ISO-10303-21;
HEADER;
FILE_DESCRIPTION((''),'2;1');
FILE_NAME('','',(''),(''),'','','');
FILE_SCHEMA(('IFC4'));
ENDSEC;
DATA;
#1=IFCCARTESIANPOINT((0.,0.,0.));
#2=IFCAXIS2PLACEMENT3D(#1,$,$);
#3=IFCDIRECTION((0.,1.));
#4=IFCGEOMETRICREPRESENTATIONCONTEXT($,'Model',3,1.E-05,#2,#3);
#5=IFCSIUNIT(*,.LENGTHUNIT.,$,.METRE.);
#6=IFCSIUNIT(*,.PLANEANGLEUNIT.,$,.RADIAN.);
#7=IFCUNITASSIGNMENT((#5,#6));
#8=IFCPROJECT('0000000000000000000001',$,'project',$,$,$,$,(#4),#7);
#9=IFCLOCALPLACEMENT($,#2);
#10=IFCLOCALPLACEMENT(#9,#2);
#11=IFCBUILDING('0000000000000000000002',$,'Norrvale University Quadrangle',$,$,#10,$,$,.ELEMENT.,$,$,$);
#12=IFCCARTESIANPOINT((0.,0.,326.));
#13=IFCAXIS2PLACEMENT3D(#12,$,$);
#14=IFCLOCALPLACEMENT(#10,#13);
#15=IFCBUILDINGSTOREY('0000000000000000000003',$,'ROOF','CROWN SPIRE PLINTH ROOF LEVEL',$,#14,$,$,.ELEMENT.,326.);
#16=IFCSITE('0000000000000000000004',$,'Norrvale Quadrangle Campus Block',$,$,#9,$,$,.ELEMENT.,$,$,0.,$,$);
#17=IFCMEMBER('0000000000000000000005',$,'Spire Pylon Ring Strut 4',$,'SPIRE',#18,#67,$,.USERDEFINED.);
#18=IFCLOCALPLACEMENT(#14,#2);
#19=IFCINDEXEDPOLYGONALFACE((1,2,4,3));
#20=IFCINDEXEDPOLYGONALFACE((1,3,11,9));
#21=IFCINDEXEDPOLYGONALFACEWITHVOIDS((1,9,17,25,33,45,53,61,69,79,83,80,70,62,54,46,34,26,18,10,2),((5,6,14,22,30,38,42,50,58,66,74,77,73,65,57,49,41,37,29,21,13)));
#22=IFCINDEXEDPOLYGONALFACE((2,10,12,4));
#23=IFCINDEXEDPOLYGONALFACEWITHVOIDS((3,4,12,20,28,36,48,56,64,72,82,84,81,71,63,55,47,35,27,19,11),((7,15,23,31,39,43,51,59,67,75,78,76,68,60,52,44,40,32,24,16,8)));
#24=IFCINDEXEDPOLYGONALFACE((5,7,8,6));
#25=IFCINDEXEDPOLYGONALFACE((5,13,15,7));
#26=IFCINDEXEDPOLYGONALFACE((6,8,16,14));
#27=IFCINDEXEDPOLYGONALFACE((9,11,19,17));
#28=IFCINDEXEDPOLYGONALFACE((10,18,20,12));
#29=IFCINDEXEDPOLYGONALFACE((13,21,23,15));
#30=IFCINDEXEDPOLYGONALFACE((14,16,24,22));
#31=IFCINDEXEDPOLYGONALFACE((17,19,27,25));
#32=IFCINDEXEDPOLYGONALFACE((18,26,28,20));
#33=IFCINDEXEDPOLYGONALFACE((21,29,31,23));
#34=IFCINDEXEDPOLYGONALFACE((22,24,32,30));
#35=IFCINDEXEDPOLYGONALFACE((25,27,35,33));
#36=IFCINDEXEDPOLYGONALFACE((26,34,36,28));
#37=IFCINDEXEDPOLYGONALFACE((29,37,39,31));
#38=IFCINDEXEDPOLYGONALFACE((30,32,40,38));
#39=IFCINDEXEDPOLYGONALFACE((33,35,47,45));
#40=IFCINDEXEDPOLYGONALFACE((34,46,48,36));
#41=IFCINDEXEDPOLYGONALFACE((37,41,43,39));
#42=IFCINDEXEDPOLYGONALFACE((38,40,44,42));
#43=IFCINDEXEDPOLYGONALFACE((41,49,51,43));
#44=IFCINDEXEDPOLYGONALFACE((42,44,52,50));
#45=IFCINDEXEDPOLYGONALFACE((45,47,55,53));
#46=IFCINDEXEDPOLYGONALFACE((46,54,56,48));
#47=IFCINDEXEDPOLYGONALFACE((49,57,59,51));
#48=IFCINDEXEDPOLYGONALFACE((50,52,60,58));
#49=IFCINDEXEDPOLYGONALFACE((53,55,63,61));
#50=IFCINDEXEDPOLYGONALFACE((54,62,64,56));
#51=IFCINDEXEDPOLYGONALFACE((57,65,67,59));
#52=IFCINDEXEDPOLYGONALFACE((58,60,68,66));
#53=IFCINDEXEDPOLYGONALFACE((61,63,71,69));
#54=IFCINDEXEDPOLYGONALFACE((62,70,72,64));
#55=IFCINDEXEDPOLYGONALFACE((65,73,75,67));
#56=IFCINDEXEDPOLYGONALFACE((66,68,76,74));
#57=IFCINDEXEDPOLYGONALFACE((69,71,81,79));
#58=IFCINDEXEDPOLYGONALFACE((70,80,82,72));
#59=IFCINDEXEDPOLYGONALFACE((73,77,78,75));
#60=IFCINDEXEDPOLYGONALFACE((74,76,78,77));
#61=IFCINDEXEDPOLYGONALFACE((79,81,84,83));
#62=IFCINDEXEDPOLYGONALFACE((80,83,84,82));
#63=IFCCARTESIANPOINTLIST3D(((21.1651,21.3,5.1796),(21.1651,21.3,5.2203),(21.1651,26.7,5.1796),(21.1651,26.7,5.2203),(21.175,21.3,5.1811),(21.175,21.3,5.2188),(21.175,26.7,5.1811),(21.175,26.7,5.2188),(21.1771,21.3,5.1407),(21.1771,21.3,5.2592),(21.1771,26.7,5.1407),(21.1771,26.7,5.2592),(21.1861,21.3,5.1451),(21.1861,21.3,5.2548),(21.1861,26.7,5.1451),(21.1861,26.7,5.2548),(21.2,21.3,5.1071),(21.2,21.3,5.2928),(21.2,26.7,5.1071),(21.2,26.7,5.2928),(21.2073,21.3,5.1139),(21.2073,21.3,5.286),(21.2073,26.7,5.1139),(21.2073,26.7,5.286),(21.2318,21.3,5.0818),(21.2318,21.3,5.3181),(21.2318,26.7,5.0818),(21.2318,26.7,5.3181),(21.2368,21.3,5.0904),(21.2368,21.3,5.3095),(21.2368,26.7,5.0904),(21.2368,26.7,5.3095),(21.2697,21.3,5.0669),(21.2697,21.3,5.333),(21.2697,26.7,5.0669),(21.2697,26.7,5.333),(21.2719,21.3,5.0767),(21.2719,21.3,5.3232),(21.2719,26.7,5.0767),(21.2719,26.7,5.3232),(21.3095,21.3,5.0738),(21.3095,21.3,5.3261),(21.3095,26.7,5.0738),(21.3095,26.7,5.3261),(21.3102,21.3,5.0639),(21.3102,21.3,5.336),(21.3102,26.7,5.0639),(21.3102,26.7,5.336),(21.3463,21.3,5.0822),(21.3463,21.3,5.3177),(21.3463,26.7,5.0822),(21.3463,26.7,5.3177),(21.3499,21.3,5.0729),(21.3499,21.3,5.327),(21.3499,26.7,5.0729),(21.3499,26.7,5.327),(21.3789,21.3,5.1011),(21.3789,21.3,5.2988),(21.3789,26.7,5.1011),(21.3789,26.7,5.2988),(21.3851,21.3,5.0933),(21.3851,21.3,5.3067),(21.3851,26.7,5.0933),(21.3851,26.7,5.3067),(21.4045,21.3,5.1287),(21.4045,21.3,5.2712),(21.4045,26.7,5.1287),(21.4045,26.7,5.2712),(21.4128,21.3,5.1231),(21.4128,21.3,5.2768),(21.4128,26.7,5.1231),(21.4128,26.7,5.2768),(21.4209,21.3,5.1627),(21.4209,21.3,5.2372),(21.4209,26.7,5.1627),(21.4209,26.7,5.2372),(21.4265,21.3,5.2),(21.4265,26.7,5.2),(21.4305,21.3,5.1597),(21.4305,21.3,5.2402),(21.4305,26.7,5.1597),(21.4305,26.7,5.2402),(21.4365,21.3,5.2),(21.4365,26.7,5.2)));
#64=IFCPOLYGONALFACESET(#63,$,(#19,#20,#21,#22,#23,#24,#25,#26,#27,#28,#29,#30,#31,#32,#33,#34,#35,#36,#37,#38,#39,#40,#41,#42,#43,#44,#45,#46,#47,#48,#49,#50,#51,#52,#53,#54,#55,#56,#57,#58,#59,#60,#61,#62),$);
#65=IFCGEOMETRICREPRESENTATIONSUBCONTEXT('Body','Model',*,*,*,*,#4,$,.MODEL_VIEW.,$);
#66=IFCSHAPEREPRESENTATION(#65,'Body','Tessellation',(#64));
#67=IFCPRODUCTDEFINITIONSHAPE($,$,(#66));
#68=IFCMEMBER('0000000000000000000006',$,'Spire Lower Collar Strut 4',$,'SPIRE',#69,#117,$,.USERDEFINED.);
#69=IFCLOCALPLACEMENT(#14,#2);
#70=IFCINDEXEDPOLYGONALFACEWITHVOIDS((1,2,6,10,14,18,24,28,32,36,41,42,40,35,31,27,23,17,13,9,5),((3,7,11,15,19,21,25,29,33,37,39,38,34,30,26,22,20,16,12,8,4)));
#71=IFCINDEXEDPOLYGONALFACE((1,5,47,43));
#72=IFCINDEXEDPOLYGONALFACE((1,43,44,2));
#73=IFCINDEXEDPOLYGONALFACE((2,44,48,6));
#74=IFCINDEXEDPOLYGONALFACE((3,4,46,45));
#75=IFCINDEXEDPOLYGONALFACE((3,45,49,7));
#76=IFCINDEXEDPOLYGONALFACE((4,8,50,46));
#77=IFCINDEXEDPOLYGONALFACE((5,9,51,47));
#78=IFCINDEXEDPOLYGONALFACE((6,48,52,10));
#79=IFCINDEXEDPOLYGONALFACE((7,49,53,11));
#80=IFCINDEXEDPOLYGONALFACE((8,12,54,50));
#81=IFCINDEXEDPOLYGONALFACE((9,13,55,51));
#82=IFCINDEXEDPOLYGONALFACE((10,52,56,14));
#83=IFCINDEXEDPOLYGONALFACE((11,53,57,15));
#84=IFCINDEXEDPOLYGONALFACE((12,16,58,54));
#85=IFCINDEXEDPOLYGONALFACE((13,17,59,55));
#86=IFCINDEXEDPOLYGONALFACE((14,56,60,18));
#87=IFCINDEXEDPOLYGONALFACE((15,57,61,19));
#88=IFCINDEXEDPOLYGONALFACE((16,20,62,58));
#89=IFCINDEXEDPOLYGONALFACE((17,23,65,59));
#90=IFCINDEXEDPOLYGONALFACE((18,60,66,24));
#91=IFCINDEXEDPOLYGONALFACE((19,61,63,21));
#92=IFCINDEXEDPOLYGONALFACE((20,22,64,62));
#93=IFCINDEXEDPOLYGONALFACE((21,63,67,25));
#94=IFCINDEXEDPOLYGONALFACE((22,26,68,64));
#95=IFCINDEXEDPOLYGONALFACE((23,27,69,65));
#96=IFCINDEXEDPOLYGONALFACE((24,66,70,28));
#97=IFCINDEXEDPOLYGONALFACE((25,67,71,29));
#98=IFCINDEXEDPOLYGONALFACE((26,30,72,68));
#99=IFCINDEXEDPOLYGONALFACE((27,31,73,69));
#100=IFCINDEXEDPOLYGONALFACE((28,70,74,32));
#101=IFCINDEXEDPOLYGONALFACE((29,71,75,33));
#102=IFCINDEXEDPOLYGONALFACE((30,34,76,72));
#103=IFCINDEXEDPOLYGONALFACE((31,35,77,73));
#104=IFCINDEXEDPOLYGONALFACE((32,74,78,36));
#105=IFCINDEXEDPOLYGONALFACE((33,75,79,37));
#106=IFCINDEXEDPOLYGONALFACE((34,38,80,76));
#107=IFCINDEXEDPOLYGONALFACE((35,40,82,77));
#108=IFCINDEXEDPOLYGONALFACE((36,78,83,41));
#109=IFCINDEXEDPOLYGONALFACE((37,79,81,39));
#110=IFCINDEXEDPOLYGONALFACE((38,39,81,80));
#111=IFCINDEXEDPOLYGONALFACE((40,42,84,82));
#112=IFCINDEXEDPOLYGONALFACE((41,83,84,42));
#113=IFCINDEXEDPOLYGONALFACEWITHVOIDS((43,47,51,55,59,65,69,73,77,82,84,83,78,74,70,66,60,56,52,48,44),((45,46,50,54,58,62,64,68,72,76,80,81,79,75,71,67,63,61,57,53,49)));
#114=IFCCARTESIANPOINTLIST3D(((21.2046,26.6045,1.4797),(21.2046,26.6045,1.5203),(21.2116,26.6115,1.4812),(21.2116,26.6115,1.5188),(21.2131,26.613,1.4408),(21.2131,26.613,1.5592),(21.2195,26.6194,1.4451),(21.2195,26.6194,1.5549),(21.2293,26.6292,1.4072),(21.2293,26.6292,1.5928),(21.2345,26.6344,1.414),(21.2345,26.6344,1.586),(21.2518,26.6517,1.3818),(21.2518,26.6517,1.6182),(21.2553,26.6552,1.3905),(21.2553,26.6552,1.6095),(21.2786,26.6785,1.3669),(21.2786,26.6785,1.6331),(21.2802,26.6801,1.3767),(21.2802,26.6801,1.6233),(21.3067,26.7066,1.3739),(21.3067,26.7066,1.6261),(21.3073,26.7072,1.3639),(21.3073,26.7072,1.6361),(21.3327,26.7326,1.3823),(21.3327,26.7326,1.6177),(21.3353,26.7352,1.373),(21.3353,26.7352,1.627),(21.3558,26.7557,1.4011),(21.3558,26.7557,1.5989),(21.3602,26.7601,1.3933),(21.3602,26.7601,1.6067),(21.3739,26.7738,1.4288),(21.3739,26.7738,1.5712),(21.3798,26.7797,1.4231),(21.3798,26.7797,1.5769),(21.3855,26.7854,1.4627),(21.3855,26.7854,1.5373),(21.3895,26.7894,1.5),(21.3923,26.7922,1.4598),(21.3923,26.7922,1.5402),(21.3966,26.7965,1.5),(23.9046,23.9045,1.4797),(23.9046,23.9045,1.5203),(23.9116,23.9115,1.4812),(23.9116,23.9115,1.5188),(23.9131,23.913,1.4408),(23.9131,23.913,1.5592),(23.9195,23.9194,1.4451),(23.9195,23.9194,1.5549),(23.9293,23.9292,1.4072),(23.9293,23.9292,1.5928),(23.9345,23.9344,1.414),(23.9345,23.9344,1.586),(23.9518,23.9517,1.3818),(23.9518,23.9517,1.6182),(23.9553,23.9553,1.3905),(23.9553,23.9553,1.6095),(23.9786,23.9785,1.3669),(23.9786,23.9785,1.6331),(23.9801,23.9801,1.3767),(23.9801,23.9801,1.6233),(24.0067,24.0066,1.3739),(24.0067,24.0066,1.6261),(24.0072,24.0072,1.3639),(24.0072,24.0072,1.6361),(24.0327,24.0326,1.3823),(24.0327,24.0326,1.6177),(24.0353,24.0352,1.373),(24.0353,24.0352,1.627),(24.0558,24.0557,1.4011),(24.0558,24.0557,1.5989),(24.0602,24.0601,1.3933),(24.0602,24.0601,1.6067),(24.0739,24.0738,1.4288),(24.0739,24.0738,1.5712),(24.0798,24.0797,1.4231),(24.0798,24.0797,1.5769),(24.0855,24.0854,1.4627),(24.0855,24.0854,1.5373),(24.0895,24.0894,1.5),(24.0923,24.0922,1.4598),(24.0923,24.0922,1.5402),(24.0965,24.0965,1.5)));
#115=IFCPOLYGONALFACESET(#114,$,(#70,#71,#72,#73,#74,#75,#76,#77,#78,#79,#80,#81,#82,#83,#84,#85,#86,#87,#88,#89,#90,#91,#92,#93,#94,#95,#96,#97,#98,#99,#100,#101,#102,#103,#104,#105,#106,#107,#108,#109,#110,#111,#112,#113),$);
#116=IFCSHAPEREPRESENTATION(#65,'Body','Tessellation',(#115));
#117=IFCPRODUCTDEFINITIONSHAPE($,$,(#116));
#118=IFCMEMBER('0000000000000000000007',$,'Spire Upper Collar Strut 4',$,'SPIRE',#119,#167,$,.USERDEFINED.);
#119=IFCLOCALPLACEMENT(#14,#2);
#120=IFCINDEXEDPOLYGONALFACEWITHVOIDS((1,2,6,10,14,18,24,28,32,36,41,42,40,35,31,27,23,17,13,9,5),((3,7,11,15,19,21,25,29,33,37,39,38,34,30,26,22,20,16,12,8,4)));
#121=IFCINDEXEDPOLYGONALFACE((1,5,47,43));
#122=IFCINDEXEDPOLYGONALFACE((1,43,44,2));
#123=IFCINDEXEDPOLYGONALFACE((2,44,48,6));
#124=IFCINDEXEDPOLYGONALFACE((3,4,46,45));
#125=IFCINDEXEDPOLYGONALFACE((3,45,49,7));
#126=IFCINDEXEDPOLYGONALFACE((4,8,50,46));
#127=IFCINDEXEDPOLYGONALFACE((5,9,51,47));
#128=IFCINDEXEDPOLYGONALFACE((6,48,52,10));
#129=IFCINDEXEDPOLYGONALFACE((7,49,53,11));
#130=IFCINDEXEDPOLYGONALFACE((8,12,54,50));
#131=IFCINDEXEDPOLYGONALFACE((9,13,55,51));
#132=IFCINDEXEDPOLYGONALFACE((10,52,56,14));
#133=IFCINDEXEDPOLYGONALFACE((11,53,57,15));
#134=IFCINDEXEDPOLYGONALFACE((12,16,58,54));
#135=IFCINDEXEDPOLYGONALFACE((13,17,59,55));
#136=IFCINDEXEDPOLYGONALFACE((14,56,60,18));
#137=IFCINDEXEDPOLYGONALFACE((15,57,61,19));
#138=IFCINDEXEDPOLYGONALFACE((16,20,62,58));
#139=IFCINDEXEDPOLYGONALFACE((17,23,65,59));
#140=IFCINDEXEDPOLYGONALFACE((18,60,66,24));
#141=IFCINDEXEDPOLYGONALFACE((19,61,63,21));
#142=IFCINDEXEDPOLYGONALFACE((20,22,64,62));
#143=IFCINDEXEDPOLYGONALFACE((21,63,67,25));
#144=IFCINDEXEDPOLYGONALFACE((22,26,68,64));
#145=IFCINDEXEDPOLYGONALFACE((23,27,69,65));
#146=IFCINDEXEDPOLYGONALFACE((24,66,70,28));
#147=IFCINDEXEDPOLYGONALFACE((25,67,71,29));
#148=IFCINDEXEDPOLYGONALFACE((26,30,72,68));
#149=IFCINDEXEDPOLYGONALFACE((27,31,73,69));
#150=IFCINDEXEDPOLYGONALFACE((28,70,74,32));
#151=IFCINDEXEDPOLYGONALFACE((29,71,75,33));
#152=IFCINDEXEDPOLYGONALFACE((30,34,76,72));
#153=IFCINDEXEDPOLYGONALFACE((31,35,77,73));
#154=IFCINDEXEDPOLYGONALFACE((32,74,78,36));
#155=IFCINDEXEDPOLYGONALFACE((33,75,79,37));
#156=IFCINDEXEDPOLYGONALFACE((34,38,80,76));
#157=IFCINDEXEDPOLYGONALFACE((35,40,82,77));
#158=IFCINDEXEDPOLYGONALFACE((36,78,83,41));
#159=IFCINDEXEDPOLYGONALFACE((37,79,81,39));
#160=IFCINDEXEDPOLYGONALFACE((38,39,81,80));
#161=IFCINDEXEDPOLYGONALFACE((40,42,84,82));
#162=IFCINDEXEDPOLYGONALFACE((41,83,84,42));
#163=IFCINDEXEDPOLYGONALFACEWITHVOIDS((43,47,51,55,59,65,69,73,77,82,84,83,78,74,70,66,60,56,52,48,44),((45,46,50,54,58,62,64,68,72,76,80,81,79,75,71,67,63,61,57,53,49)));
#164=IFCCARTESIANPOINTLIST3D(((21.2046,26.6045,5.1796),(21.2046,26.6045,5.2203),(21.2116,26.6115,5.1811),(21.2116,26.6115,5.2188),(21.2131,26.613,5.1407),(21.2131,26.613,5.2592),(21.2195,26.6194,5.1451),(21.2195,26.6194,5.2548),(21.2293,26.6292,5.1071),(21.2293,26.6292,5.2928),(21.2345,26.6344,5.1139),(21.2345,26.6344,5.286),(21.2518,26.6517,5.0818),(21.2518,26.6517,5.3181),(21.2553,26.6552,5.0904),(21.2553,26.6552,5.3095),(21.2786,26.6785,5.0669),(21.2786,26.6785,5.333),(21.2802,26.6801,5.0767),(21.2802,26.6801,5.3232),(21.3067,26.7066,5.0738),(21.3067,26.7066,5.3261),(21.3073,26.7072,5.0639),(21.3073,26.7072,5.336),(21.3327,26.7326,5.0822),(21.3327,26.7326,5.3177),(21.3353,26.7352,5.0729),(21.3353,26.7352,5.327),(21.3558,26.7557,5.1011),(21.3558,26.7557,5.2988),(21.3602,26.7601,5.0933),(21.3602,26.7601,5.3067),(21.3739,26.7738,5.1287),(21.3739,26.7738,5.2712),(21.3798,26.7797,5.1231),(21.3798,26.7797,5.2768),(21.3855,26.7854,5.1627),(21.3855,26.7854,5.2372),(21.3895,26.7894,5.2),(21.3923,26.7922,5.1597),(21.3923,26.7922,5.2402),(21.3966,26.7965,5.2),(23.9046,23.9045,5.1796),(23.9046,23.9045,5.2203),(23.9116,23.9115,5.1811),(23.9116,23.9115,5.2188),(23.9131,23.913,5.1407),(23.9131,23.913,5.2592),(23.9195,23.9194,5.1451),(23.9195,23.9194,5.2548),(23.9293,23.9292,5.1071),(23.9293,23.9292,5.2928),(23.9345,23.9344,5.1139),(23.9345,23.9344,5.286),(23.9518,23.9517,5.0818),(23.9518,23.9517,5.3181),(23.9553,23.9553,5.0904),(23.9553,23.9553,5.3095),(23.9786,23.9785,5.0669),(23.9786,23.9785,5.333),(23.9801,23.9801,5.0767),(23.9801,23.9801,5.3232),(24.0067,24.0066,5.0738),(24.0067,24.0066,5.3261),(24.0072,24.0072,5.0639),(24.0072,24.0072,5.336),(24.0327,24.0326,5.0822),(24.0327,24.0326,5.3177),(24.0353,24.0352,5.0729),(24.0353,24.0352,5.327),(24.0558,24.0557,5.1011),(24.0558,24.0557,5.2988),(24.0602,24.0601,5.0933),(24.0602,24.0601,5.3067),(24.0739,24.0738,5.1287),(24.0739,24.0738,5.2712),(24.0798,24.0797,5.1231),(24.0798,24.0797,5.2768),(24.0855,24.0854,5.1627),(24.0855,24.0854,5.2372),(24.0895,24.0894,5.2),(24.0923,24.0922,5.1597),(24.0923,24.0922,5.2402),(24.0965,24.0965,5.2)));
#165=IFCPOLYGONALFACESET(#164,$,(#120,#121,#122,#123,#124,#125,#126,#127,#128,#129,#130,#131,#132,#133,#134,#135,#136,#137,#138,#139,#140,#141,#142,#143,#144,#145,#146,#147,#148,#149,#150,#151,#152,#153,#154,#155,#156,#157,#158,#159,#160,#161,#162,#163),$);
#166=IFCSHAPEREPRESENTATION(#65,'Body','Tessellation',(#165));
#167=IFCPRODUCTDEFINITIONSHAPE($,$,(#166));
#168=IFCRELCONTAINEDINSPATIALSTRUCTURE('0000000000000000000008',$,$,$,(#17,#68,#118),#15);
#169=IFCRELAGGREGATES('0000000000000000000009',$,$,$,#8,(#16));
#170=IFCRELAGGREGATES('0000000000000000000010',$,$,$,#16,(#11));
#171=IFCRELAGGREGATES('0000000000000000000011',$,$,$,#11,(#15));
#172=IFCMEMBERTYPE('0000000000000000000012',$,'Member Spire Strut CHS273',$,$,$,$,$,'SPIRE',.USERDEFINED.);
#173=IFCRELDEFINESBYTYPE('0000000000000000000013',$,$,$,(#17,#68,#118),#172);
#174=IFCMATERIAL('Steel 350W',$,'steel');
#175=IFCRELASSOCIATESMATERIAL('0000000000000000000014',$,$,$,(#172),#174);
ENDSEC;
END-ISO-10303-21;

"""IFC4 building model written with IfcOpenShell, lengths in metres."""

from ifc_helpers import new_model, si_unit, direction, frame, origin, origin_2d, place, context, subcontext, project, spatial, hollow_circle, extrude, material, material_profile, profile_set, type_object, element, save


model = new_model("IFC4")

# Units and contexts
model_context = context("Model", 3, precision=1e-05, world=origin(), true_north=direction((0.0, 1.0)))
body_context = subcontext(model_context, "Body", "Model", "MODEL_VIEW")
ifc_project = project(units=[si_unit("LENGTHUNIT", "METRE"), si_unit("PLANEANGLEUNIT", "RADIAN")], contexts=[model_context])

# Site, building, storey
site_placement = place(None, origin())
site = spatial("IfcSite", under=ifc_project, at=site_placement, Name="Norrvale Quadrangle Campus Block", CompositionType="ELEMENT", RefElevation=0.0)
building_placement = place(site_placement, origin())
building = spatial("IfcBuilding", under=site, at=building_placement, Name="Norrvale University Quadrangle", CompositionType="ELEMENT")
storey_placement = place(building_placement, frame((0.0, 0.0, 326.0)))
storey = spatial("IfcBuildingStorey", under=building, at=storey_placement, Name="ROOF", Description="CROWN SPIRE PLINTH ROOF LEVEL", CompositionType="ELEMENT", Elevation=326.0)

# Shared definitions
ifc_material_1 = material(Name="Steel 350W", Category="steel")

# Members
ifc_material_profile_1 = material_profile(ifc_material_1, hollow_circle(Radius=0.1365, WallThickness=0.01, at=origin_2d()), Name="Steel 350W")
ifc_profile_set_1 = profile_set([ifc_material_profile_1], Name="Steel 350W")
member_type_1 = type_object("IfcMemberType", Name="Member Spire Strut CHS273", ElementType="SPIRE", PredefinedType="USERDEFINED", material=ifc_profile_set_1)
member_1_placement = place(storey_placement, frame((21.3, 26.7, 5.2), z_axis=(0.0, -1.0, 0.0), x_axis=(1.0, 0.0, 0.0)))
element("IfcMember", 1, at=member_1_placement, inside=storey, type_object=member_type_1, Name="Spire Pylon Ring Strut 4", ObjectType="SPIRE", PredefinedType="USERDEFINED", context=body_context, shape_type="SweptSolid", body=[
    extrude(hollow_circle(Radius=0.1365, WallThickness=0.01, at=origin_2d()), origin(), (0.0, 0.0, 1.0), 5.3999),
])
for number, where, z_axis, x_axis, name in (
    (2, (21.3, 26.7, 1.5), (0.707107, -0.707107, 0.0), (0.707107, 0.707107, 0.0), "Spire Lower Collar Strut 4"),
    (3, (21.3, 26.7, 5.2), (0.707107, -0.707107, 0.0), (0.707107, 0.707107, 0.0), "Spire Upper Collar Strut 4"),
):
    element("IfcMember", number, at=place(storey_placement, frame(where, z_axis=z_axis, x_axis=x_axis)), inside=storey, type_object=member_type_1, Name=name, ObjectType="SPIRE", PredefinedType="USERDEFINED", context=body_context, shape_type="SweptSolid", body=[
        extrude(hollow_circle(Radius=0.1365, WallThickness=0.01, at=origin_2d()), origin(), (0.0, 0.0, 1.0), 3.8184),
    ])

save(model, "model.ifc")
